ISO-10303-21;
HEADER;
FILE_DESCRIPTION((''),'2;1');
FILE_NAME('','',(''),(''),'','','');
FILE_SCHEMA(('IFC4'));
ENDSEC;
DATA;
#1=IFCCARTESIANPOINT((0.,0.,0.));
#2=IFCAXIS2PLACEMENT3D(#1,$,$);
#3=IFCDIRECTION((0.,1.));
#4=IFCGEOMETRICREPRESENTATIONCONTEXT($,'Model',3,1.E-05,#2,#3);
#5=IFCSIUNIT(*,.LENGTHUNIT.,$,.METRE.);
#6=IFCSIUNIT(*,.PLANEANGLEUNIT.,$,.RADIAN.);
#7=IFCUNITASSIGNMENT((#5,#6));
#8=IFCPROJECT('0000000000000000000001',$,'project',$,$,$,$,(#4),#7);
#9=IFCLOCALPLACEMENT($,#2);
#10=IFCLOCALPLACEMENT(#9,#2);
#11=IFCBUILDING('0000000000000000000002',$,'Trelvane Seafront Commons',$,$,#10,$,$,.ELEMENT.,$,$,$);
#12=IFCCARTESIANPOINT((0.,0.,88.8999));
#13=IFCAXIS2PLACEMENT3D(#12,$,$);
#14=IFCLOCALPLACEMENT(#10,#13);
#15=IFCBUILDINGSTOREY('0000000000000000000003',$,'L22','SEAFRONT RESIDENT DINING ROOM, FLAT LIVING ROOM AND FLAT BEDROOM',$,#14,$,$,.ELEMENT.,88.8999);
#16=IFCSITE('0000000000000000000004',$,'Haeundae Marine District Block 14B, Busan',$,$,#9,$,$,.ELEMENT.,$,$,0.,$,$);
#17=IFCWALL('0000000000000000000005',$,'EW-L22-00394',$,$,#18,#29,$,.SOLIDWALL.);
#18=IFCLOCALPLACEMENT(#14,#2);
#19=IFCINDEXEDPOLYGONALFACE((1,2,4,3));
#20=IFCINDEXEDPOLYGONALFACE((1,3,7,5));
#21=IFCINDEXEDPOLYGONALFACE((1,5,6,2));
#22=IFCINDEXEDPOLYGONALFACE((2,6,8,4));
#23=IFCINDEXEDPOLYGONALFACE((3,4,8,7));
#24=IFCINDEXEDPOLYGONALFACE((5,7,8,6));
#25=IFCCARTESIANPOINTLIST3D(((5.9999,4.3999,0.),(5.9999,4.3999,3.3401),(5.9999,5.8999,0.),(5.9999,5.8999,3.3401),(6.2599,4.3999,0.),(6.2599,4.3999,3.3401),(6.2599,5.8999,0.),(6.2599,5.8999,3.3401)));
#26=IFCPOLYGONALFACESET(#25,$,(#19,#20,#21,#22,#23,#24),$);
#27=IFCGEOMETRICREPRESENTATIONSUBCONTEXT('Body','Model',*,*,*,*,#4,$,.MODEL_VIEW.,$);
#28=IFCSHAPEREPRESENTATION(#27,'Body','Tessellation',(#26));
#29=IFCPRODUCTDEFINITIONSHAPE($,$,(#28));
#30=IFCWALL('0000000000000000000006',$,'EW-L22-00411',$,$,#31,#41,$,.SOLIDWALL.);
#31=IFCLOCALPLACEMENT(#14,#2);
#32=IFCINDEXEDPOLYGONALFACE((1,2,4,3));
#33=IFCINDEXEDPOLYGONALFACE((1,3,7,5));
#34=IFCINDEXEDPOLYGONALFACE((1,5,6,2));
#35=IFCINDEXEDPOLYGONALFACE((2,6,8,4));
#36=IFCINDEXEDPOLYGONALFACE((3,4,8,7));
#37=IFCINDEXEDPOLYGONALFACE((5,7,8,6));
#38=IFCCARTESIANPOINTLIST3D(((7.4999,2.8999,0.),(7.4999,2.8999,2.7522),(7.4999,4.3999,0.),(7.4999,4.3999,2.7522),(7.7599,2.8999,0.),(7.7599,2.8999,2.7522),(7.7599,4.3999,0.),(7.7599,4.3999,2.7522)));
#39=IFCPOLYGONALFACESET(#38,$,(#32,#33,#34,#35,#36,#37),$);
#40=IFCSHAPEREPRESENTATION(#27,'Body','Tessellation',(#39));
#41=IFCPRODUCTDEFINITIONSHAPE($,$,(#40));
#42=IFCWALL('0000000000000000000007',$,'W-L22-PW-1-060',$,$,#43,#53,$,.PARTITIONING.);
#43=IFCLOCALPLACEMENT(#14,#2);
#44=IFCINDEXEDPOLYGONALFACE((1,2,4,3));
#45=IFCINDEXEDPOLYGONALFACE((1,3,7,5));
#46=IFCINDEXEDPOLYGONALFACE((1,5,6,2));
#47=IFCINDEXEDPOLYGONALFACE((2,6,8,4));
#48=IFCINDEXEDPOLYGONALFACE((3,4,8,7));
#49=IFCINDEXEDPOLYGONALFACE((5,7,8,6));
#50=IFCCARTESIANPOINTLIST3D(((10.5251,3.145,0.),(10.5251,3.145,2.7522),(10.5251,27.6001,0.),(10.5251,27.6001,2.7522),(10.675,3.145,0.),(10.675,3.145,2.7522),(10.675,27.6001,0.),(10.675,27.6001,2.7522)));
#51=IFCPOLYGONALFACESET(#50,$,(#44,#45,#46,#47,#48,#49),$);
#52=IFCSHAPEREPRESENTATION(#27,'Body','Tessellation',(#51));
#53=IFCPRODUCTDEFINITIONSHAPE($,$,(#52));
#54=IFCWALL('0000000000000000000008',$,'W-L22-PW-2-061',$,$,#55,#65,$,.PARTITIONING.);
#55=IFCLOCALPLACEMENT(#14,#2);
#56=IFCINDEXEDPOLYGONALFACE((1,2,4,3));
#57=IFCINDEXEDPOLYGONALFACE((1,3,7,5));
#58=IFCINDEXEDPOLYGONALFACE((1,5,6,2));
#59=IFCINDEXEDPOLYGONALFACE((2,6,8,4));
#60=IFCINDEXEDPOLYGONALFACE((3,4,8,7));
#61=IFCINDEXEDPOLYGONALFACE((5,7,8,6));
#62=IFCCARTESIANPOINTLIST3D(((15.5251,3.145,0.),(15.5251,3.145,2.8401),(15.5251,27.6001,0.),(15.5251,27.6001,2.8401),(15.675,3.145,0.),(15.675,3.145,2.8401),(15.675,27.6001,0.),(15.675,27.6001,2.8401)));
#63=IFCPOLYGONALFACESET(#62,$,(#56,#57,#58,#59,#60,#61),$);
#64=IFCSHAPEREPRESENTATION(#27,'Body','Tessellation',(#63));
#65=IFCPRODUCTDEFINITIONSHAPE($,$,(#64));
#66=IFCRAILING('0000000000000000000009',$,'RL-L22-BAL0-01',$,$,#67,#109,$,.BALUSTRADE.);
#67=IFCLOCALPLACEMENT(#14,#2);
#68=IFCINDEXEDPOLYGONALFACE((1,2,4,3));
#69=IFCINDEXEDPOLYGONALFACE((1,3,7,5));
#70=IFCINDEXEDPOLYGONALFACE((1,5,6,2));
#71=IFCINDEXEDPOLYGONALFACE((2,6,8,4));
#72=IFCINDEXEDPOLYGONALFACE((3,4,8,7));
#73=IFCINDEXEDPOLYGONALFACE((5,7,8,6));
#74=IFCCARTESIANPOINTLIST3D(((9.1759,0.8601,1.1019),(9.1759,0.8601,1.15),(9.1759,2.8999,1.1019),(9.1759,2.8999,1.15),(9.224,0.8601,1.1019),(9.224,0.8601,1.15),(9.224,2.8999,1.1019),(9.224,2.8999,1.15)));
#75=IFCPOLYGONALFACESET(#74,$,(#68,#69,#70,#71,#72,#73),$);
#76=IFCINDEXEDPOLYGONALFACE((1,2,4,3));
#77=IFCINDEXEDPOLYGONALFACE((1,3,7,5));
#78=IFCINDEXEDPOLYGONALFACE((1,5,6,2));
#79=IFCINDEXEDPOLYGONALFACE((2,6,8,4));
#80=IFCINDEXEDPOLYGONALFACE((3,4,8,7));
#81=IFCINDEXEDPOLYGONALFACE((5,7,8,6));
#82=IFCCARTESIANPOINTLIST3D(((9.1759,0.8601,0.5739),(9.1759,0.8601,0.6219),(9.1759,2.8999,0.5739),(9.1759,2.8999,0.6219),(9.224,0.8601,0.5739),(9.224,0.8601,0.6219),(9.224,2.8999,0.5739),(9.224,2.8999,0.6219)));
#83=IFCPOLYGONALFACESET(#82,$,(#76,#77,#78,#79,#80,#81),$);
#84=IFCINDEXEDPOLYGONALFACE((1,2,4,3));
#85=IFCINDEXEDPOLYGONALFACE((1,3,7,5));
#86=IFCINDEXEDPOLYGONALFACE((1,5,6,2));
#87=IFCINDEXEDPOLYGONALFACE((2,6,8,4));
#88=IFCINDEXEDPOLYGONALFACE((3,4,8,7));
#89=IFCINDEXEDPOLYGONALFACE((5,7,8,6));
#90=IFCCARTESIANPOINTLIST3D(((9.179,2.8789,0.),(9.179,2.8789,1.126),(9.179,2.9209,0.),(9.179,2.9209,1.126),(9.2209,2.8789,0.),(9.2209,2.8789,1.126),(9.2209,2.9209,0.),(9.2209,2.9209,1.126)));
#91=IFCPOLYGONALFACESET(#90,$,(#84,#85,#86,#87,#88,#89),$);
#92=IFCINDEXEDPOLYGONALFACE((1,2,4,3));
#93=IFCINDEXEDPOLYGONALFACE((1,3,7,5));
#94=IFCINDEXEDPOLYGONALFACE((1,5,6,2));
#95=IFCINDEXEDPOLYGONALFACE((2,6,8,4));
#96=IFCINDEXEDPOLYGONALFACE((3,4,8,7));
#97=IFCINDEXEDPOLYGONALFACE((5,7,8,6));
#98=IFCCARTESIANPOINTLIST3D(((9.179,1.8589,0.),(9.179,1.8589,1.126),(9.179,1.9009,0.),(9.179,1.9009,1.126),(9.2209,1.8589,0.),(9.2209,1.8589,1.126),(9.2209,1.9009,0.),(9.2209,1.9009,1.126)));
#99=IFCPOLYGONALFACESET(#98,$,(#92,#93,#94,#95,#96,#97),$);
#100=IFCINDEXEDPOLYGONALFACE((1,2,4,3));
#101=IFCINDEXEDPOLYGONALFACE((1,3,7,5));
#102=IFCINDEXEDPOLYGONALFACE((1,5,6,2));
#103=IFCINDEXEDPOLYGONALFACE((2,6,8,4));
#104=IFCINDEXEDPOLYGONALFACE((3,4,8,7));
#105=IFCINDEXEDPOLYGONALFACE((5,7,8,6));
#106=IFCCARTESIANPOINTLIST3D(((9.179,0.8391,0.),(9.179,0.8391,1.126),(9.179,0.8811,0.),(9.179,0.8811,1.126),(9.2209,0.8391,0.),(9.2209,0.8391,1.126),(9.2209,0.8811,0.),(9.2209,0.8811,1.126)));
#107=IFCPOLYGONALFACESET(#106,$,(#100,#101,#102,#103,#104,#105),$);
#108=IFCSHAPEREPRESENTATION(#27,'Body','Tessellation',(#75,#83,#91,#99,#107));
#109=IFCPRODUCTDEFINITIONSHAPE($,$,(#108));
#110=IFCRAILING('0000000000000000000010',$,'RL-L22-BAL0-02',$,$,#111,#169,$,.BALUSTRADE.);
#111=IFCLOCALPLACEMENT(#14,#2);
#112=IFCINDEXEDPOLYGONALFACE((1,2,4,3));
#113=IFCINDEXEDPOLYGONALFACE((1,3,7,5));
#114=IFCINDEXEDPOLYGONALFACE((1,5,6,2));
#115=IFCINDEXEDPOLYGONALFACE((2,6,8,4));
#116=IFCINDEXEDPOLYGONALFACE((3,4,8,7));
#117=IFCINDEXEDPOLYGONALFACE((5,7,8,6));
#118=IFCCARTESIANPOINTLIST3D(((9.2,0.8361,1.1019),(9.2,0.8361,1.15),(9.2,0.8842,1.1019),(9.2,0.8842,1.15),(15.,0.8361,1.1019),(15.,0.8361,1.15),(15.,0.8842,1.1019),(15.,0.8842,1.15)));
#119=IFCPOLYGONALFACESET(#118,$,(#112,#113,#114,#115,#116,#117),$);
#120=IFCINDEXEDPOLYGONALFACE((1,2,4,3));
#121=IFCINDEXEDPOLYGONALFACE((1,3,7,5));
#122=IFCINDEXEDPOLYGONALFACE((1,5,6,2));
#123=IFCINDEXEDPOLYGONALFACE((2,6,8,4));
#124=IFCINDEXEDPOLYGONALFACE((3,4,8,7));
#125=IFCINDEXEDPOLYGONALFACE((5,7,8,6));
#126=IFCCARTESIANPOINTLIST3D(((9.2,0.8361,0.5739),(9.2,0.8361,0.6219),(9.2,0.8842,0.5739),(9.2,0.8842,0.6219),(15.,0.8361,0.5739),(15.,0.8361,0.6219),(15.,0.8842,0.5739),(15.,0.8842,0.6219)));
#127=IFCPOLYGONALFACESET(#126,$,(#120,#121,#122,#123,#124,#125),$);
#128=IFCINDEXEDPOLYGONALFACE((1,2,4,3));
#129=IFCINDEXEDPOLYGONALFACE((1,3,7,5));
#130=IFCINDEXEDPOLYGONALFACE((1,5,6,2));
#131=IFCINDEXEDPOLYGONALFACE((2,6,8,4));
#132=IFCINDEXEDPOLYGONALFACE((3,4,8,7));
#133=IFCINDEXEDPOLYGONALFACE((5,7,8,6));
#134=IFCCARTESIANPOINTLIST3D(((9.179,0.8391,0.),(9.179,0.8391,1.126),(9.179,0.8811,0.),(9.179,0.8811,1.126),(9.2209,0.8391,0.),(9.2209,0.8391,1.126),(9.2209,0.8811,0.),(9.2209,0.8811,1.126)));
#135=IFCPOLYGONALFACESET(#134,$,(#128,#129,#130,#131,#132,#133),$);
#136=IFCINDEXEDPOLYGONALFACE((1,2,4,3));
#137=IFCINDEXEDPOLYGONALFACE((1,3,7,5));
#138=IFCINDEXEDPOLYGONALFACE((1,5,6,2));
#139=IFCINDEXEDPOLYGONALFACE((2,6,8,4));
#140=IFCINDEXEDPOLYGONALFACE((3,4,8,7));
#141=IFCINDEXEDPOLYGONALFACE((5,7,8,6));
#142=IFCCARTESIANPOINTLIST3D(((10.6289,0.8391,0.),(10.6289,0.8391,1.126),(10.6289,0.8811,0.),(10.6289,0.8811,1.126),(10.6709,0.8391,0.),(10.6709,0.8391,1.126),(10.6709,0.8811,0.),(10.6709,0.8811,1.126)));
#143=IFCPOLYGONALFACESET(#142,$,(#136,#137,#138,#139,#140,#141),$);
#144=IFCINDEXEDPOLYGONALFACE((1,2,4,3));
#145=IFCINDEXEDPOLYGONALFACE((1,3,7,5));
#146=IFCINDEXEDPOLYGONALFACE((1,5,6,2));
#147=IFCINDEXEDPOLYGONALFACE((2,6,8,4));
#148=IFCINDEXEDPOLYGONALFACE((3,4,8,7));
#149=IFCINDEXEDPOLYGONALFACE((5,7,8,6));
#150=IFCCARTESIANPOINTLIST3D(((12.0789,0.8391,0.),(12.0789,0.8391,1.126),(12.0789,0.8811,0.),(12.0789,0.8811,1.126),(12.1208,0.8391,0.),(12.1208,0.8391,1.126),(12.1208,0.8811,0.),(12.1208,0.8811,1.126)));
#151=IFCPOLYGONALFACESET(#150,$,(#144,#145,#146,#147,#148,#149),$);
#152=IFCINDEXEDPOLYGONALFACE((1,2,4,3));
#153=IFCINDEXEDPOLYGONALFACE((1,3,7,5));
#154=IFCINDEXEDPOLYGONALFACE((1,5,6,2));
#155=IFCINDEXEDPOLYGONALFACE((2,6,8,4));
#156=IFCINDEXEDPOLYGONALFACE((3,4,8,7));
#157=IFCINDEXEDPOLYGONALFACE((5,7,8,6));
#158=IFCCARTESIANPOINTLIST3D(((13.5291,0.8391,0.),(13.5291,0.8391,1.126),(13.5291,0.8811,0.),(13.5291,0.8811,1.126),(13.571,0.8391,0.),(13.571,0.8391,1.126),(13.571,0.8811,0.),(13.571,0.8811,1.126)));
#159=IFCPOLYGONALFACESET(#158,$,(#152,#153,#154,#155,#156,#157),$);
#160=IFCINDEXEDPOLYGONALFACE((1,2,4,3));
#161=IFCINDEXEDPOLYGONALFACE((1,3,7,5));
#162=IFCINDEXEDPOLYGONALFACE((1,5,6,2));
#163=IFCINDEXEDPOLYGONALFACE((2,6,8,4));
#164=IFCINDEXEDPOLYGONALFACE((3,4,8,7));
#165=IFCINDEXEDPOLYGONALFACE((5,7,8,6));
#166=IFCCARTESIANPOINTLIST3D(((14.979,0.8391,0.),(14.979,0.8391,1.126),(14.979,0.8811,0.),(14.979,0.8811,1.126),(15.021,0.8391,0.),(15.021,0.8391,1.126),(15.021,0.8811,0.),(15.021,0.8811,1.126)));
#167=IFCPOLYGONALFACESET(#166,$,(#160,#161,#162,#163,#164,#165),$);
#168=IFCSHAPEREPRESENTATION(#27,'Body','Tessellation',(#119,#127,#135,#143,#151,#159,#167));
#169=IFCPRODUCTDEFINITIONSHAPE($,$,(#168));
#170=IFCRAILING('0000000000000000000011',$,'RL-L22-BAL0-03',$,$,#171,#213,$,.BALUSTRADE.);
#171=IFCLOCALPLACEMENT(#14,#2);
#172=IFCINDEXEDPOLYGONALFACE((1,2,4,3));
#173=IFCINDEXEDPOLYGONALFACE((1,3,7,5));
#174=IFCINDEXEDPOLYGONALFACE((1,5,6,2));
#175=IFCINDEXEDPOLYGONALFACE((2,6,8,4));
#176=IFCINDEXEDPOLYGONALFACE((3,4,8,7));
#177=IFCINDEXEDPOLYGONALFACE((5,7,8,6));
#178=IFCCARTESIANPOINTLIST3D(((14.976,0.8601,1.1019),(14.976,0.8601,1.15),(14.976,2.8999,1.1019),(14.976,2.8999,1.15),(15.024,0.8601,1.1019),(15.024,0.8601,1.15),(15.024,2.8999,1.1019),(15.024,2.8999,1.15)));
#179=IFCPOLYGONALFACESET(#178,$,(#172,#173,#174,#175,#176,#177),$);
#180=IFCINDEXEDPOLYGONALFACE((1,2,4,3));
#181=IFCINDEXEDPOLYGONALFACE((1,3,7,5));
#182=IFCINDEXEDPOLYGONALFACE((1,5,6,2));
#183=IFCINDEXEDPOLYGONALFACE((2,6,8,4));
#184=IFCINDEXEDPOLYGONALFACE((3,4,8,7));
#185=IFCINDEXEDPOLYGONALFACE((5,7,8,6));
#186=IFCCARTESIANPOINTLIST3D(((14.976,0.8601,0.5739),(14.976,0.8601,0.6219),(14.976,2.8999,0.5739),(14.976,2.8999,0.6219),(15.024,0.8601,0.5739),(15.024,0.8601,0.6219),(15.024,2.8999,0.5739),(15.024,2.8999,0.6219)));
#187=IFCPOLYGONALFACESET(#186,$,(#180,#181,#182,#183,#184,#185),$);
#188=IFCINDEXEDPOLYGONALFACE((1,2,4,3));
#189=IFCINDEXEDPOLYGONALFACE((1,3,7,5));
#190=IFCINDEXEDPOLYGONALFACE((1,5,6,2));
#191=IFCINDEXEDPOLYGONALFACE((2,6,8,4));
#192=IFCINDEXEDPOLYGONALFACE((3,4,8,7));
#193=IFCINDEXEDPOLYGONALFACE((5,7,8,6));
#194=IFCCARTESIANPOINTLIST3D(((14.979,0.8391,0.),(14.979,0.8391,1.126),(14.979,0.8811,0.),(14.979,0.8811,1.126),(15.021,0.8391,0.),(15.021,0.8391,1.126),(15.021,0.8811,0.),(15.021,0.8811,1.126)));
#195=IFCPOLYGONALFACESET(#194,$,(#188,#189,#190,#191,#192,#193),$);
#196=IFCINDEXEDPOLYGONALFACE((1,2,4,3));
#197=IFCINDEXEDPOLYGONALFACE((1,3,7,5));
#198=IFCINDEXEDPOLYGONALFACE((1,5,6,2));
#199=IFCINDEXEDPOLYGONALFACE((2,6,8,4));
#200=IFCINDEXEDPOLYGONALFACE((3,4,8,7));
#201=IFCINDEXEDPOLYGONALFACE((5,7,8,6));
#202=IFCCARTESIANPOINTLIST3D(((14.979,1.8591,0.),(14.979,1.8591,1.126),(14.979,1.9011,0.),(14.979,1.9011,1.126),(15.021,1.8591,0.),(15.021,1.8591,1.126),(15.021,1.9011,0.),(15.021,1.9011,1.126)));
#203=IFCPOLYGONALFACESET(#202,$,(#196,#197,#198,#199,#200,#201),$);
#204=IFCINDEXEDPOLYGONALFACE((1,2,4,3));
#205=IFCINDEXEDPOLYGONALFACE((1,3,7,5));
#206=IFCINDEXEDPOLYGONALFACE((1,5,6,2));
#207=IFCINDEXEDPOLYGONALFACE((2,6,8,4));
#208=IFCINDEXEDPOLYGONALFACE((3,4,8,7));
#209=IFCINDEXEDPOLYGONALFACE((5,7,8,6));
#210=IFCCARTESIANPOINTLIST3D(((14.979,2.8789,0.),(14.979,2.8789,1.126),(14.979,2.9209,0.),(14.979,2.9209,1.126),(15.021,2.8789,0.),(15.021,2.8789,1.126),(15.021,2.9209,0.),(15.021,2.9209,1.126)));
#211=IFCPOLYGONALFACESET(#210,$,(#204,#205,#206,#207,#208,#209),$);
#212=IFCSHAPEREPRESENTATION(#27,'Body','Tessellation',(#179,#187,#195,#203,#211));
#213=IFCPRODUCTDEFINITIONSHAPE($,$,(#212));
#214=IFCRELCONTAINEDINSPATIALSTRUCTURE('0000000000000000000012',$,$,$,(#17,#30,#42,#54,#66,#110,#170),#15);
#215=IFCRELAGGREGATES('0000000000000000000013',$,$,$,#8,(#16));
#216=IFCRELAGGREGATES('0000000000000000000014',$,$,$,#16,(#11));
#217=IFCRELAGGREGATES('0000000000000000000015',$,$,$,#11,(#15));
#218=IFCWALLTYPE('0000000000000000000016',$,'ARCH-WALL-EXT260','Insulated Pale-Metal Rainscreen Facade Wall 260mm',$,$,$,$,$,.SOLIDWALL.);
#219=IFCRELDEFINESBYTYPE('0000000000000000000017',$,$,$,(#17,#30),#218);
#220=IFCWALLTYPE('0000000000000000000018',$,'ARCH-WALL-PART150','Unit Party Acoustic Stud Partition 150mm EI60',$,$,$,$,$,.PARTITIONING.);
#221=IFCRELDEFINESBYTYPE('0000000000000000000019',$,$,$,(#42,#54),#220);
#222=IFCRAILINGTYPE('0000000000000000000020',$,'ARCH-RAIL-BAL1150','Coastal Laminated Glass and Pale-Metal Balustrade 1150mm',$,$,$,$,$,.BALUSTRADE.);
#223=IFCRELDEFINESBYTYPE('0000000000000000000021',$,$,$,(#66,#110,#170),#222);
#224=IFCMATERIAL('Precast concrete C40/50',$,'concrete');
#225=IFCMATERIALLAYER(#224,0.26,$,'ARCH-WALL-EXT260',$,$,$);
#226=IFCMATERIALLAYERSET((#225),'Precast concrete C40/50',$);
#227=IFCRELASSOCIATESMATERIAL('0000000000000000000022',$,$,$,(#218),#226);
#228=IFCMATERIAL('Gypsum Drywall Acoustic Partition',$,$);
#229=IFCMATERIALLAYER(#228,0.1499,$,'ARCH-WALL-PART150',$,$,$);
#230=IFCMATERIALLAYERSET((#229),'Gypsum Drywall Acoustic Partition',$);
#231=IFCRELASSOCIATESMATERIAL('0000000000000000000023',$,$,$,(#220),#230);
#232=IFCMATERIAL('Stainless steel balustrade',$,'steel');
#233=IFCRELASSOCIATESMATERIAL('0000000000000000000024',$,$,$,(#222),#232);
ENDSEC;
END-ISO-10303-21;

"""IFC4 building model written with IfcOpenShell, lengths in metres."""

from ifc_helpers import new_model, si_unit, direction, frame, frame_2d, origin, origin_2d, place, context, subcontext, project, spatial, rectangle, extrude, material, layer, layer_set, type_object, element, save


model = new_model("IFC4")

# Units and contexts
model_context = context("Model", 3, precision=1e-05, world=origin(), true_north=direction((0.0, 1.0)))
body_context = subcontext(model_context, "Body", "Model", "MODEL_VIEW")
ifc_project = project(units=[si_unit("LENGTHUNIT", "METRE"), si_unit("PLANEANGLEUNIT", "RADIAN")], contexts=[model_context])

# Site, building, storey
site_placement = place(None, origin())
site = spatial("IfcSite", under=ifc_project, at=site_placement, Name="Haeundae Marine District Block 14B, Busan", CompositionType="ELEMENT", RefElevation=0.0)
building_placement = place(site_placement, origin())
building = spatial("IfcBuilding", under=site, at=building_placement, Name="Trelvane Seafront Commons", CompositionType="ELEMENT")
storey_placement = place(building_placement, frame((0.0, 0.0, 88.8999)))
storey = spatial("IfcBuildingStorey", under=building, at=storey_placement, Name="L22", Description="SEAFRONT RESIDENT DINING ROOM, FLAT LIVING ROOM AND FLAT BEDROOM", CompositionType="ELEMENT", Elevation=88.8999)

# Walls
ifc_material_1 = material(Name="Precast concrete C40/50", Category="concrete")
ifc_layer_1 = layer(ifc_material_1, 0.26, Name="ARCH-WALL-EXT260")
ifc_layer_set_1 = layer_set([ifc_layer_1], Name="Precast concrete C40/50")
wall_type_1 = type_object("IfcWallType", Name="ARCH-WALL-EXT260", Description="Insulated Pale-Metal Rainscreen Facade Wall 260mm", PredefinedType="SOLIDWALL", material=ifc_layer_set_1)
for number, where, z_axis, x_axis, name in (
    (1, (6.1299, 4.3999, 0.0), (0.0, 0.0, 1.0), (0.0, 1.0, 0.0), "EW-L22-00394"),
):
    element("IfcWall", number, at=place(storey_placement, frame(where, z_axis=z_axis, x_axis=x_axis)), inside=storey, type_object=wall_type_1, Name=name, PredefinedType="SOLIDWALL", context=body_context, shape_type="SweptSolid", body=[
        extrude(rectangle(XDim=1.5, YDim=0.26, at=frame_2d((0.75, 0.0))), origin(), (0.0, 0.0, 1.0), 3.3401),
    ])
wall_1_placement = place(storey_placement, frame((7.6299, 2.8999, 0.0), z_axis=(0.0, 0.0, 1.0), x_axis=(0.0, 1.0, 0.0)))
element("IfcWall", 2, at=wall_1_placement, inside=storey, type_object=wall_type_1, Name="EW-L22-00411", PredefinedType="SOLIDWALL", context=body_context, shape_type="SweptSolid", body=[
    extrude(rectangle(XDim=1.5, YDim=0.26, at=frame_2d((0.75, 0.0))), origin(), (0.0, 0.0, 1.0), 2.7522),
])
ifc_material_2 = material(Name="Gypsum Drywall Acoustic Partition")
ifc_layer_2 = layer(ifc_material_2, 0.1499, Name="ARCH-WALL-PART150")
ifc_layer_set_2 = layer_set([ifc_layer_2], Name="Gypsum Drywall Acoustic Partition")
wall_type_2 = type_object("IfcWallType", Name="ARCH-WALL-PART150", Description="Unit Party Acoustic Stud Partition 150mm EI60", PredefinedType="PARTITIONING", material=ifc_layer_set_2)
wall_2_placement = place(storey_placement, frame((10.6001, 3.145, 0.0), z_axis=(0.0, 0.0, 1.0), x_axis=(0.0, 1.0, 0.0)))
element("IfcWall", 3, at=wall_2_placement, inside=storey, type_object=wall_type_2, Name="W-L22-PW-1-060", PredefinedType="PARTITIONING", context=body_context, shape_type="SweptSolid", body=[
    extrude(rectangle(XDim=24.4551, YDim=0.1499, at=frame_2d((12.2275, 0.0))), origin(), (0.0, 0.0, 1.0), 2.7522),
])
wall_3_placement = place(storey_placement, frame((15.6001, 3.145, 0.0), z_axis=(0.0, 0.0, 1.0), x_axis=(0.0, 1.0, 0.0)))
element("IfcWall", 4, at=wall_3_placement, inside=storey, type_object=wall_type_2, Name="W-L22-PW-2-061", PredefinedType="PARTITIONING", context=body_context, shape_type="SweptSolid", body=[
    extrude(rectangle(XDim=24.4551, YDim=0.1499, at=frame_2d((12.2275, 0.0))), origin(), (0.0, 0.0, 1.0), 2.8401),
])

# Railings
ifc_material_3 = material(Name="Stainless steel balustrade", Category="steel")
railing_type = type_object("IfcRailingType", Name="ARCH-RAIL-BAL1150", Description="Coastal Laminated Glass and Pale-Metal Balustrade 1150mm", PredefinedType="BALUSTRADE", material=ifc_material_3)
railing_1_placement = place(storey_placement, frame((9.2, 2.8999, 0.0)))
element("IfcRailing", 5, at=railing_1_placement, inside=storey, type_object=railing_type, Name="RL-L22-BAL0-01", PredefinedType="BALUSTRADE", context=body_context, shape_type="SweptSolid", body=[
    extrude(rectangle(XDim=0.0481, YDim=0.0481, at=origin_2d()), frame((0.0, 0.0, 1.126), z_axis=(0.0, -1.0, 0.0), x_axis=(1.0, 0.0, 0.0)), (0.0, 0.0, 1.0), 2.0398),
    extrude(rectangle(XDim=0.0481, YDim=0.0481, at=origin_2d()), frame((0.0, 0.0, 0.5979), z_axis=(0.0, -1.0, 0.0), x_axis=(1.0, 0.0, 0.0)), (0.0, 0.0, 1.0), 2.0398),
    extrude(rectangle(XDim=0.042, YDim=0.042, at=origin_2d()), origin(), (0.0, 0.0, 1.0), 1.126),
    extrude(rectangle(XDim=0.042, YDim=0.042, at=origin_2d()), frame((0.0, -1.02, 0.0)), (0.0, 0.0, 1.0), 1.126),
    extrude(rectangle(XDim=0.042, YDim=0.042, at=origin_2d()), frame((0.0, -2.0398, 0.0)), (0.0, 0.0, 1.0), 1.126),
])
railing_2_placement = place(storey_placement, frame((9.2, 0.8601, 0.0)))
element("IfcRailing", 6, at=railing_2_placement, inside=storey, type_object=railing_type, Name="RL-L22-BAL0-02", PredefinedType="BALUSTRADE", context=body_context, shape_type="SweptSolid", body=[
    extrude(rectangle(XDim=0.0481, YDim=0.0481, at=origin_2d()), frame((0.0, 0.0, 1.126), z_axis=(1.0, 0.0, 0.0), x_axis=(0.0, 1.0, 0.0)), (0.0, 0.0, 1.0), 5.8),
    extrude(rectangle(XDim=0.0481, YDim=0.0481, at=origin_2d()), frame((0.0, 0.0, 0.5979), z_axis=(1.0, 0.0, 0.0), x_axis=(0.0, 1.0, 0.0)), (0.0, 0.0, 1.0), 5.8),
    extrude(rectangle(XDim=0.042, YDim=0.042, at=origin_2d()), origin(), (0.0, 0.0, 1.0), 1.126),
    extrude(rectangle(XDim=0.042, YDim=0.042, at=origin_2d()), frame((1.45, 0.0, 0.0)), (0.0, 0.0, 1.0), 1.126),
    extrude(rectangle(XDim=0.042, YDim=0.042, at=origin_2d()), frame((2.8999, 0.0, 0.0)), (0.0, 0.0, 1.0), 1.126),
    extrude(rectangle(XDim=0.042, YDim=0.042, at=origin_2d()), frame((4.3501, 0.0, 0.0)), (0.0, 0.0, 1.0), 1.126),
    extrude(rectangle(XDim=0.042, YDim=0.042, at=origin_2d()), frame((5.8, 0.0, 0.0)), (0.0, 0.0, 1.0), 1.126),
])
railing_3_placement = place(storey_placement, frame((15.0, 0.8601, 0.0)))
element("IfcRailing", 7, at=railing_3_placement, inside=storey, type_object=railing_type, Name="RL-L22-BAL0-03", PredefinedType="BALUSTRADE", context=body_context, shape_type="SweptSolid", body=[
    extrude(rectangle(XDim=0.0481, YDim=0.0481, at=origin_2d()), frame((0.0, 0.0, 1.126), z_axis=(0.0, 1.0, 0.0), x_axis=(-1.0, 0.0, 0.0)), (0.0, 0.0, 1.0), 2.0398),
    extrude(rectangle(XDim=0.0481, YDim=0.0481, at=origin_2d()), frame((0.0, 0.0, 0.5979), z_axis=(0.0, 1.0, 0.0), x_axis=(-1.0, 0.0, 0.0)), (0.0, 0.0, 1.0), 2.0398),
    extrude(rectangle(XDim=0.042, YDim=0.042, at=origin_2d()), origin(), (0.0, 0.0, 1.0), 1.126),
    extrude(rectangle(XDim=0.042, YDim=0.042, at=origin_2d()), frame((0.0, 1.02, 0.0)), (0.0, 0.0, 1.0), 1.126),
    extrude(rectangle(XDim=0.042, YDim=0.042, at=origin_2d()), frame((0.0, 2.0398, 0.0)), (0.0, 0.0, 1.0), 1.126),
])

save(model, "model.ifc")
